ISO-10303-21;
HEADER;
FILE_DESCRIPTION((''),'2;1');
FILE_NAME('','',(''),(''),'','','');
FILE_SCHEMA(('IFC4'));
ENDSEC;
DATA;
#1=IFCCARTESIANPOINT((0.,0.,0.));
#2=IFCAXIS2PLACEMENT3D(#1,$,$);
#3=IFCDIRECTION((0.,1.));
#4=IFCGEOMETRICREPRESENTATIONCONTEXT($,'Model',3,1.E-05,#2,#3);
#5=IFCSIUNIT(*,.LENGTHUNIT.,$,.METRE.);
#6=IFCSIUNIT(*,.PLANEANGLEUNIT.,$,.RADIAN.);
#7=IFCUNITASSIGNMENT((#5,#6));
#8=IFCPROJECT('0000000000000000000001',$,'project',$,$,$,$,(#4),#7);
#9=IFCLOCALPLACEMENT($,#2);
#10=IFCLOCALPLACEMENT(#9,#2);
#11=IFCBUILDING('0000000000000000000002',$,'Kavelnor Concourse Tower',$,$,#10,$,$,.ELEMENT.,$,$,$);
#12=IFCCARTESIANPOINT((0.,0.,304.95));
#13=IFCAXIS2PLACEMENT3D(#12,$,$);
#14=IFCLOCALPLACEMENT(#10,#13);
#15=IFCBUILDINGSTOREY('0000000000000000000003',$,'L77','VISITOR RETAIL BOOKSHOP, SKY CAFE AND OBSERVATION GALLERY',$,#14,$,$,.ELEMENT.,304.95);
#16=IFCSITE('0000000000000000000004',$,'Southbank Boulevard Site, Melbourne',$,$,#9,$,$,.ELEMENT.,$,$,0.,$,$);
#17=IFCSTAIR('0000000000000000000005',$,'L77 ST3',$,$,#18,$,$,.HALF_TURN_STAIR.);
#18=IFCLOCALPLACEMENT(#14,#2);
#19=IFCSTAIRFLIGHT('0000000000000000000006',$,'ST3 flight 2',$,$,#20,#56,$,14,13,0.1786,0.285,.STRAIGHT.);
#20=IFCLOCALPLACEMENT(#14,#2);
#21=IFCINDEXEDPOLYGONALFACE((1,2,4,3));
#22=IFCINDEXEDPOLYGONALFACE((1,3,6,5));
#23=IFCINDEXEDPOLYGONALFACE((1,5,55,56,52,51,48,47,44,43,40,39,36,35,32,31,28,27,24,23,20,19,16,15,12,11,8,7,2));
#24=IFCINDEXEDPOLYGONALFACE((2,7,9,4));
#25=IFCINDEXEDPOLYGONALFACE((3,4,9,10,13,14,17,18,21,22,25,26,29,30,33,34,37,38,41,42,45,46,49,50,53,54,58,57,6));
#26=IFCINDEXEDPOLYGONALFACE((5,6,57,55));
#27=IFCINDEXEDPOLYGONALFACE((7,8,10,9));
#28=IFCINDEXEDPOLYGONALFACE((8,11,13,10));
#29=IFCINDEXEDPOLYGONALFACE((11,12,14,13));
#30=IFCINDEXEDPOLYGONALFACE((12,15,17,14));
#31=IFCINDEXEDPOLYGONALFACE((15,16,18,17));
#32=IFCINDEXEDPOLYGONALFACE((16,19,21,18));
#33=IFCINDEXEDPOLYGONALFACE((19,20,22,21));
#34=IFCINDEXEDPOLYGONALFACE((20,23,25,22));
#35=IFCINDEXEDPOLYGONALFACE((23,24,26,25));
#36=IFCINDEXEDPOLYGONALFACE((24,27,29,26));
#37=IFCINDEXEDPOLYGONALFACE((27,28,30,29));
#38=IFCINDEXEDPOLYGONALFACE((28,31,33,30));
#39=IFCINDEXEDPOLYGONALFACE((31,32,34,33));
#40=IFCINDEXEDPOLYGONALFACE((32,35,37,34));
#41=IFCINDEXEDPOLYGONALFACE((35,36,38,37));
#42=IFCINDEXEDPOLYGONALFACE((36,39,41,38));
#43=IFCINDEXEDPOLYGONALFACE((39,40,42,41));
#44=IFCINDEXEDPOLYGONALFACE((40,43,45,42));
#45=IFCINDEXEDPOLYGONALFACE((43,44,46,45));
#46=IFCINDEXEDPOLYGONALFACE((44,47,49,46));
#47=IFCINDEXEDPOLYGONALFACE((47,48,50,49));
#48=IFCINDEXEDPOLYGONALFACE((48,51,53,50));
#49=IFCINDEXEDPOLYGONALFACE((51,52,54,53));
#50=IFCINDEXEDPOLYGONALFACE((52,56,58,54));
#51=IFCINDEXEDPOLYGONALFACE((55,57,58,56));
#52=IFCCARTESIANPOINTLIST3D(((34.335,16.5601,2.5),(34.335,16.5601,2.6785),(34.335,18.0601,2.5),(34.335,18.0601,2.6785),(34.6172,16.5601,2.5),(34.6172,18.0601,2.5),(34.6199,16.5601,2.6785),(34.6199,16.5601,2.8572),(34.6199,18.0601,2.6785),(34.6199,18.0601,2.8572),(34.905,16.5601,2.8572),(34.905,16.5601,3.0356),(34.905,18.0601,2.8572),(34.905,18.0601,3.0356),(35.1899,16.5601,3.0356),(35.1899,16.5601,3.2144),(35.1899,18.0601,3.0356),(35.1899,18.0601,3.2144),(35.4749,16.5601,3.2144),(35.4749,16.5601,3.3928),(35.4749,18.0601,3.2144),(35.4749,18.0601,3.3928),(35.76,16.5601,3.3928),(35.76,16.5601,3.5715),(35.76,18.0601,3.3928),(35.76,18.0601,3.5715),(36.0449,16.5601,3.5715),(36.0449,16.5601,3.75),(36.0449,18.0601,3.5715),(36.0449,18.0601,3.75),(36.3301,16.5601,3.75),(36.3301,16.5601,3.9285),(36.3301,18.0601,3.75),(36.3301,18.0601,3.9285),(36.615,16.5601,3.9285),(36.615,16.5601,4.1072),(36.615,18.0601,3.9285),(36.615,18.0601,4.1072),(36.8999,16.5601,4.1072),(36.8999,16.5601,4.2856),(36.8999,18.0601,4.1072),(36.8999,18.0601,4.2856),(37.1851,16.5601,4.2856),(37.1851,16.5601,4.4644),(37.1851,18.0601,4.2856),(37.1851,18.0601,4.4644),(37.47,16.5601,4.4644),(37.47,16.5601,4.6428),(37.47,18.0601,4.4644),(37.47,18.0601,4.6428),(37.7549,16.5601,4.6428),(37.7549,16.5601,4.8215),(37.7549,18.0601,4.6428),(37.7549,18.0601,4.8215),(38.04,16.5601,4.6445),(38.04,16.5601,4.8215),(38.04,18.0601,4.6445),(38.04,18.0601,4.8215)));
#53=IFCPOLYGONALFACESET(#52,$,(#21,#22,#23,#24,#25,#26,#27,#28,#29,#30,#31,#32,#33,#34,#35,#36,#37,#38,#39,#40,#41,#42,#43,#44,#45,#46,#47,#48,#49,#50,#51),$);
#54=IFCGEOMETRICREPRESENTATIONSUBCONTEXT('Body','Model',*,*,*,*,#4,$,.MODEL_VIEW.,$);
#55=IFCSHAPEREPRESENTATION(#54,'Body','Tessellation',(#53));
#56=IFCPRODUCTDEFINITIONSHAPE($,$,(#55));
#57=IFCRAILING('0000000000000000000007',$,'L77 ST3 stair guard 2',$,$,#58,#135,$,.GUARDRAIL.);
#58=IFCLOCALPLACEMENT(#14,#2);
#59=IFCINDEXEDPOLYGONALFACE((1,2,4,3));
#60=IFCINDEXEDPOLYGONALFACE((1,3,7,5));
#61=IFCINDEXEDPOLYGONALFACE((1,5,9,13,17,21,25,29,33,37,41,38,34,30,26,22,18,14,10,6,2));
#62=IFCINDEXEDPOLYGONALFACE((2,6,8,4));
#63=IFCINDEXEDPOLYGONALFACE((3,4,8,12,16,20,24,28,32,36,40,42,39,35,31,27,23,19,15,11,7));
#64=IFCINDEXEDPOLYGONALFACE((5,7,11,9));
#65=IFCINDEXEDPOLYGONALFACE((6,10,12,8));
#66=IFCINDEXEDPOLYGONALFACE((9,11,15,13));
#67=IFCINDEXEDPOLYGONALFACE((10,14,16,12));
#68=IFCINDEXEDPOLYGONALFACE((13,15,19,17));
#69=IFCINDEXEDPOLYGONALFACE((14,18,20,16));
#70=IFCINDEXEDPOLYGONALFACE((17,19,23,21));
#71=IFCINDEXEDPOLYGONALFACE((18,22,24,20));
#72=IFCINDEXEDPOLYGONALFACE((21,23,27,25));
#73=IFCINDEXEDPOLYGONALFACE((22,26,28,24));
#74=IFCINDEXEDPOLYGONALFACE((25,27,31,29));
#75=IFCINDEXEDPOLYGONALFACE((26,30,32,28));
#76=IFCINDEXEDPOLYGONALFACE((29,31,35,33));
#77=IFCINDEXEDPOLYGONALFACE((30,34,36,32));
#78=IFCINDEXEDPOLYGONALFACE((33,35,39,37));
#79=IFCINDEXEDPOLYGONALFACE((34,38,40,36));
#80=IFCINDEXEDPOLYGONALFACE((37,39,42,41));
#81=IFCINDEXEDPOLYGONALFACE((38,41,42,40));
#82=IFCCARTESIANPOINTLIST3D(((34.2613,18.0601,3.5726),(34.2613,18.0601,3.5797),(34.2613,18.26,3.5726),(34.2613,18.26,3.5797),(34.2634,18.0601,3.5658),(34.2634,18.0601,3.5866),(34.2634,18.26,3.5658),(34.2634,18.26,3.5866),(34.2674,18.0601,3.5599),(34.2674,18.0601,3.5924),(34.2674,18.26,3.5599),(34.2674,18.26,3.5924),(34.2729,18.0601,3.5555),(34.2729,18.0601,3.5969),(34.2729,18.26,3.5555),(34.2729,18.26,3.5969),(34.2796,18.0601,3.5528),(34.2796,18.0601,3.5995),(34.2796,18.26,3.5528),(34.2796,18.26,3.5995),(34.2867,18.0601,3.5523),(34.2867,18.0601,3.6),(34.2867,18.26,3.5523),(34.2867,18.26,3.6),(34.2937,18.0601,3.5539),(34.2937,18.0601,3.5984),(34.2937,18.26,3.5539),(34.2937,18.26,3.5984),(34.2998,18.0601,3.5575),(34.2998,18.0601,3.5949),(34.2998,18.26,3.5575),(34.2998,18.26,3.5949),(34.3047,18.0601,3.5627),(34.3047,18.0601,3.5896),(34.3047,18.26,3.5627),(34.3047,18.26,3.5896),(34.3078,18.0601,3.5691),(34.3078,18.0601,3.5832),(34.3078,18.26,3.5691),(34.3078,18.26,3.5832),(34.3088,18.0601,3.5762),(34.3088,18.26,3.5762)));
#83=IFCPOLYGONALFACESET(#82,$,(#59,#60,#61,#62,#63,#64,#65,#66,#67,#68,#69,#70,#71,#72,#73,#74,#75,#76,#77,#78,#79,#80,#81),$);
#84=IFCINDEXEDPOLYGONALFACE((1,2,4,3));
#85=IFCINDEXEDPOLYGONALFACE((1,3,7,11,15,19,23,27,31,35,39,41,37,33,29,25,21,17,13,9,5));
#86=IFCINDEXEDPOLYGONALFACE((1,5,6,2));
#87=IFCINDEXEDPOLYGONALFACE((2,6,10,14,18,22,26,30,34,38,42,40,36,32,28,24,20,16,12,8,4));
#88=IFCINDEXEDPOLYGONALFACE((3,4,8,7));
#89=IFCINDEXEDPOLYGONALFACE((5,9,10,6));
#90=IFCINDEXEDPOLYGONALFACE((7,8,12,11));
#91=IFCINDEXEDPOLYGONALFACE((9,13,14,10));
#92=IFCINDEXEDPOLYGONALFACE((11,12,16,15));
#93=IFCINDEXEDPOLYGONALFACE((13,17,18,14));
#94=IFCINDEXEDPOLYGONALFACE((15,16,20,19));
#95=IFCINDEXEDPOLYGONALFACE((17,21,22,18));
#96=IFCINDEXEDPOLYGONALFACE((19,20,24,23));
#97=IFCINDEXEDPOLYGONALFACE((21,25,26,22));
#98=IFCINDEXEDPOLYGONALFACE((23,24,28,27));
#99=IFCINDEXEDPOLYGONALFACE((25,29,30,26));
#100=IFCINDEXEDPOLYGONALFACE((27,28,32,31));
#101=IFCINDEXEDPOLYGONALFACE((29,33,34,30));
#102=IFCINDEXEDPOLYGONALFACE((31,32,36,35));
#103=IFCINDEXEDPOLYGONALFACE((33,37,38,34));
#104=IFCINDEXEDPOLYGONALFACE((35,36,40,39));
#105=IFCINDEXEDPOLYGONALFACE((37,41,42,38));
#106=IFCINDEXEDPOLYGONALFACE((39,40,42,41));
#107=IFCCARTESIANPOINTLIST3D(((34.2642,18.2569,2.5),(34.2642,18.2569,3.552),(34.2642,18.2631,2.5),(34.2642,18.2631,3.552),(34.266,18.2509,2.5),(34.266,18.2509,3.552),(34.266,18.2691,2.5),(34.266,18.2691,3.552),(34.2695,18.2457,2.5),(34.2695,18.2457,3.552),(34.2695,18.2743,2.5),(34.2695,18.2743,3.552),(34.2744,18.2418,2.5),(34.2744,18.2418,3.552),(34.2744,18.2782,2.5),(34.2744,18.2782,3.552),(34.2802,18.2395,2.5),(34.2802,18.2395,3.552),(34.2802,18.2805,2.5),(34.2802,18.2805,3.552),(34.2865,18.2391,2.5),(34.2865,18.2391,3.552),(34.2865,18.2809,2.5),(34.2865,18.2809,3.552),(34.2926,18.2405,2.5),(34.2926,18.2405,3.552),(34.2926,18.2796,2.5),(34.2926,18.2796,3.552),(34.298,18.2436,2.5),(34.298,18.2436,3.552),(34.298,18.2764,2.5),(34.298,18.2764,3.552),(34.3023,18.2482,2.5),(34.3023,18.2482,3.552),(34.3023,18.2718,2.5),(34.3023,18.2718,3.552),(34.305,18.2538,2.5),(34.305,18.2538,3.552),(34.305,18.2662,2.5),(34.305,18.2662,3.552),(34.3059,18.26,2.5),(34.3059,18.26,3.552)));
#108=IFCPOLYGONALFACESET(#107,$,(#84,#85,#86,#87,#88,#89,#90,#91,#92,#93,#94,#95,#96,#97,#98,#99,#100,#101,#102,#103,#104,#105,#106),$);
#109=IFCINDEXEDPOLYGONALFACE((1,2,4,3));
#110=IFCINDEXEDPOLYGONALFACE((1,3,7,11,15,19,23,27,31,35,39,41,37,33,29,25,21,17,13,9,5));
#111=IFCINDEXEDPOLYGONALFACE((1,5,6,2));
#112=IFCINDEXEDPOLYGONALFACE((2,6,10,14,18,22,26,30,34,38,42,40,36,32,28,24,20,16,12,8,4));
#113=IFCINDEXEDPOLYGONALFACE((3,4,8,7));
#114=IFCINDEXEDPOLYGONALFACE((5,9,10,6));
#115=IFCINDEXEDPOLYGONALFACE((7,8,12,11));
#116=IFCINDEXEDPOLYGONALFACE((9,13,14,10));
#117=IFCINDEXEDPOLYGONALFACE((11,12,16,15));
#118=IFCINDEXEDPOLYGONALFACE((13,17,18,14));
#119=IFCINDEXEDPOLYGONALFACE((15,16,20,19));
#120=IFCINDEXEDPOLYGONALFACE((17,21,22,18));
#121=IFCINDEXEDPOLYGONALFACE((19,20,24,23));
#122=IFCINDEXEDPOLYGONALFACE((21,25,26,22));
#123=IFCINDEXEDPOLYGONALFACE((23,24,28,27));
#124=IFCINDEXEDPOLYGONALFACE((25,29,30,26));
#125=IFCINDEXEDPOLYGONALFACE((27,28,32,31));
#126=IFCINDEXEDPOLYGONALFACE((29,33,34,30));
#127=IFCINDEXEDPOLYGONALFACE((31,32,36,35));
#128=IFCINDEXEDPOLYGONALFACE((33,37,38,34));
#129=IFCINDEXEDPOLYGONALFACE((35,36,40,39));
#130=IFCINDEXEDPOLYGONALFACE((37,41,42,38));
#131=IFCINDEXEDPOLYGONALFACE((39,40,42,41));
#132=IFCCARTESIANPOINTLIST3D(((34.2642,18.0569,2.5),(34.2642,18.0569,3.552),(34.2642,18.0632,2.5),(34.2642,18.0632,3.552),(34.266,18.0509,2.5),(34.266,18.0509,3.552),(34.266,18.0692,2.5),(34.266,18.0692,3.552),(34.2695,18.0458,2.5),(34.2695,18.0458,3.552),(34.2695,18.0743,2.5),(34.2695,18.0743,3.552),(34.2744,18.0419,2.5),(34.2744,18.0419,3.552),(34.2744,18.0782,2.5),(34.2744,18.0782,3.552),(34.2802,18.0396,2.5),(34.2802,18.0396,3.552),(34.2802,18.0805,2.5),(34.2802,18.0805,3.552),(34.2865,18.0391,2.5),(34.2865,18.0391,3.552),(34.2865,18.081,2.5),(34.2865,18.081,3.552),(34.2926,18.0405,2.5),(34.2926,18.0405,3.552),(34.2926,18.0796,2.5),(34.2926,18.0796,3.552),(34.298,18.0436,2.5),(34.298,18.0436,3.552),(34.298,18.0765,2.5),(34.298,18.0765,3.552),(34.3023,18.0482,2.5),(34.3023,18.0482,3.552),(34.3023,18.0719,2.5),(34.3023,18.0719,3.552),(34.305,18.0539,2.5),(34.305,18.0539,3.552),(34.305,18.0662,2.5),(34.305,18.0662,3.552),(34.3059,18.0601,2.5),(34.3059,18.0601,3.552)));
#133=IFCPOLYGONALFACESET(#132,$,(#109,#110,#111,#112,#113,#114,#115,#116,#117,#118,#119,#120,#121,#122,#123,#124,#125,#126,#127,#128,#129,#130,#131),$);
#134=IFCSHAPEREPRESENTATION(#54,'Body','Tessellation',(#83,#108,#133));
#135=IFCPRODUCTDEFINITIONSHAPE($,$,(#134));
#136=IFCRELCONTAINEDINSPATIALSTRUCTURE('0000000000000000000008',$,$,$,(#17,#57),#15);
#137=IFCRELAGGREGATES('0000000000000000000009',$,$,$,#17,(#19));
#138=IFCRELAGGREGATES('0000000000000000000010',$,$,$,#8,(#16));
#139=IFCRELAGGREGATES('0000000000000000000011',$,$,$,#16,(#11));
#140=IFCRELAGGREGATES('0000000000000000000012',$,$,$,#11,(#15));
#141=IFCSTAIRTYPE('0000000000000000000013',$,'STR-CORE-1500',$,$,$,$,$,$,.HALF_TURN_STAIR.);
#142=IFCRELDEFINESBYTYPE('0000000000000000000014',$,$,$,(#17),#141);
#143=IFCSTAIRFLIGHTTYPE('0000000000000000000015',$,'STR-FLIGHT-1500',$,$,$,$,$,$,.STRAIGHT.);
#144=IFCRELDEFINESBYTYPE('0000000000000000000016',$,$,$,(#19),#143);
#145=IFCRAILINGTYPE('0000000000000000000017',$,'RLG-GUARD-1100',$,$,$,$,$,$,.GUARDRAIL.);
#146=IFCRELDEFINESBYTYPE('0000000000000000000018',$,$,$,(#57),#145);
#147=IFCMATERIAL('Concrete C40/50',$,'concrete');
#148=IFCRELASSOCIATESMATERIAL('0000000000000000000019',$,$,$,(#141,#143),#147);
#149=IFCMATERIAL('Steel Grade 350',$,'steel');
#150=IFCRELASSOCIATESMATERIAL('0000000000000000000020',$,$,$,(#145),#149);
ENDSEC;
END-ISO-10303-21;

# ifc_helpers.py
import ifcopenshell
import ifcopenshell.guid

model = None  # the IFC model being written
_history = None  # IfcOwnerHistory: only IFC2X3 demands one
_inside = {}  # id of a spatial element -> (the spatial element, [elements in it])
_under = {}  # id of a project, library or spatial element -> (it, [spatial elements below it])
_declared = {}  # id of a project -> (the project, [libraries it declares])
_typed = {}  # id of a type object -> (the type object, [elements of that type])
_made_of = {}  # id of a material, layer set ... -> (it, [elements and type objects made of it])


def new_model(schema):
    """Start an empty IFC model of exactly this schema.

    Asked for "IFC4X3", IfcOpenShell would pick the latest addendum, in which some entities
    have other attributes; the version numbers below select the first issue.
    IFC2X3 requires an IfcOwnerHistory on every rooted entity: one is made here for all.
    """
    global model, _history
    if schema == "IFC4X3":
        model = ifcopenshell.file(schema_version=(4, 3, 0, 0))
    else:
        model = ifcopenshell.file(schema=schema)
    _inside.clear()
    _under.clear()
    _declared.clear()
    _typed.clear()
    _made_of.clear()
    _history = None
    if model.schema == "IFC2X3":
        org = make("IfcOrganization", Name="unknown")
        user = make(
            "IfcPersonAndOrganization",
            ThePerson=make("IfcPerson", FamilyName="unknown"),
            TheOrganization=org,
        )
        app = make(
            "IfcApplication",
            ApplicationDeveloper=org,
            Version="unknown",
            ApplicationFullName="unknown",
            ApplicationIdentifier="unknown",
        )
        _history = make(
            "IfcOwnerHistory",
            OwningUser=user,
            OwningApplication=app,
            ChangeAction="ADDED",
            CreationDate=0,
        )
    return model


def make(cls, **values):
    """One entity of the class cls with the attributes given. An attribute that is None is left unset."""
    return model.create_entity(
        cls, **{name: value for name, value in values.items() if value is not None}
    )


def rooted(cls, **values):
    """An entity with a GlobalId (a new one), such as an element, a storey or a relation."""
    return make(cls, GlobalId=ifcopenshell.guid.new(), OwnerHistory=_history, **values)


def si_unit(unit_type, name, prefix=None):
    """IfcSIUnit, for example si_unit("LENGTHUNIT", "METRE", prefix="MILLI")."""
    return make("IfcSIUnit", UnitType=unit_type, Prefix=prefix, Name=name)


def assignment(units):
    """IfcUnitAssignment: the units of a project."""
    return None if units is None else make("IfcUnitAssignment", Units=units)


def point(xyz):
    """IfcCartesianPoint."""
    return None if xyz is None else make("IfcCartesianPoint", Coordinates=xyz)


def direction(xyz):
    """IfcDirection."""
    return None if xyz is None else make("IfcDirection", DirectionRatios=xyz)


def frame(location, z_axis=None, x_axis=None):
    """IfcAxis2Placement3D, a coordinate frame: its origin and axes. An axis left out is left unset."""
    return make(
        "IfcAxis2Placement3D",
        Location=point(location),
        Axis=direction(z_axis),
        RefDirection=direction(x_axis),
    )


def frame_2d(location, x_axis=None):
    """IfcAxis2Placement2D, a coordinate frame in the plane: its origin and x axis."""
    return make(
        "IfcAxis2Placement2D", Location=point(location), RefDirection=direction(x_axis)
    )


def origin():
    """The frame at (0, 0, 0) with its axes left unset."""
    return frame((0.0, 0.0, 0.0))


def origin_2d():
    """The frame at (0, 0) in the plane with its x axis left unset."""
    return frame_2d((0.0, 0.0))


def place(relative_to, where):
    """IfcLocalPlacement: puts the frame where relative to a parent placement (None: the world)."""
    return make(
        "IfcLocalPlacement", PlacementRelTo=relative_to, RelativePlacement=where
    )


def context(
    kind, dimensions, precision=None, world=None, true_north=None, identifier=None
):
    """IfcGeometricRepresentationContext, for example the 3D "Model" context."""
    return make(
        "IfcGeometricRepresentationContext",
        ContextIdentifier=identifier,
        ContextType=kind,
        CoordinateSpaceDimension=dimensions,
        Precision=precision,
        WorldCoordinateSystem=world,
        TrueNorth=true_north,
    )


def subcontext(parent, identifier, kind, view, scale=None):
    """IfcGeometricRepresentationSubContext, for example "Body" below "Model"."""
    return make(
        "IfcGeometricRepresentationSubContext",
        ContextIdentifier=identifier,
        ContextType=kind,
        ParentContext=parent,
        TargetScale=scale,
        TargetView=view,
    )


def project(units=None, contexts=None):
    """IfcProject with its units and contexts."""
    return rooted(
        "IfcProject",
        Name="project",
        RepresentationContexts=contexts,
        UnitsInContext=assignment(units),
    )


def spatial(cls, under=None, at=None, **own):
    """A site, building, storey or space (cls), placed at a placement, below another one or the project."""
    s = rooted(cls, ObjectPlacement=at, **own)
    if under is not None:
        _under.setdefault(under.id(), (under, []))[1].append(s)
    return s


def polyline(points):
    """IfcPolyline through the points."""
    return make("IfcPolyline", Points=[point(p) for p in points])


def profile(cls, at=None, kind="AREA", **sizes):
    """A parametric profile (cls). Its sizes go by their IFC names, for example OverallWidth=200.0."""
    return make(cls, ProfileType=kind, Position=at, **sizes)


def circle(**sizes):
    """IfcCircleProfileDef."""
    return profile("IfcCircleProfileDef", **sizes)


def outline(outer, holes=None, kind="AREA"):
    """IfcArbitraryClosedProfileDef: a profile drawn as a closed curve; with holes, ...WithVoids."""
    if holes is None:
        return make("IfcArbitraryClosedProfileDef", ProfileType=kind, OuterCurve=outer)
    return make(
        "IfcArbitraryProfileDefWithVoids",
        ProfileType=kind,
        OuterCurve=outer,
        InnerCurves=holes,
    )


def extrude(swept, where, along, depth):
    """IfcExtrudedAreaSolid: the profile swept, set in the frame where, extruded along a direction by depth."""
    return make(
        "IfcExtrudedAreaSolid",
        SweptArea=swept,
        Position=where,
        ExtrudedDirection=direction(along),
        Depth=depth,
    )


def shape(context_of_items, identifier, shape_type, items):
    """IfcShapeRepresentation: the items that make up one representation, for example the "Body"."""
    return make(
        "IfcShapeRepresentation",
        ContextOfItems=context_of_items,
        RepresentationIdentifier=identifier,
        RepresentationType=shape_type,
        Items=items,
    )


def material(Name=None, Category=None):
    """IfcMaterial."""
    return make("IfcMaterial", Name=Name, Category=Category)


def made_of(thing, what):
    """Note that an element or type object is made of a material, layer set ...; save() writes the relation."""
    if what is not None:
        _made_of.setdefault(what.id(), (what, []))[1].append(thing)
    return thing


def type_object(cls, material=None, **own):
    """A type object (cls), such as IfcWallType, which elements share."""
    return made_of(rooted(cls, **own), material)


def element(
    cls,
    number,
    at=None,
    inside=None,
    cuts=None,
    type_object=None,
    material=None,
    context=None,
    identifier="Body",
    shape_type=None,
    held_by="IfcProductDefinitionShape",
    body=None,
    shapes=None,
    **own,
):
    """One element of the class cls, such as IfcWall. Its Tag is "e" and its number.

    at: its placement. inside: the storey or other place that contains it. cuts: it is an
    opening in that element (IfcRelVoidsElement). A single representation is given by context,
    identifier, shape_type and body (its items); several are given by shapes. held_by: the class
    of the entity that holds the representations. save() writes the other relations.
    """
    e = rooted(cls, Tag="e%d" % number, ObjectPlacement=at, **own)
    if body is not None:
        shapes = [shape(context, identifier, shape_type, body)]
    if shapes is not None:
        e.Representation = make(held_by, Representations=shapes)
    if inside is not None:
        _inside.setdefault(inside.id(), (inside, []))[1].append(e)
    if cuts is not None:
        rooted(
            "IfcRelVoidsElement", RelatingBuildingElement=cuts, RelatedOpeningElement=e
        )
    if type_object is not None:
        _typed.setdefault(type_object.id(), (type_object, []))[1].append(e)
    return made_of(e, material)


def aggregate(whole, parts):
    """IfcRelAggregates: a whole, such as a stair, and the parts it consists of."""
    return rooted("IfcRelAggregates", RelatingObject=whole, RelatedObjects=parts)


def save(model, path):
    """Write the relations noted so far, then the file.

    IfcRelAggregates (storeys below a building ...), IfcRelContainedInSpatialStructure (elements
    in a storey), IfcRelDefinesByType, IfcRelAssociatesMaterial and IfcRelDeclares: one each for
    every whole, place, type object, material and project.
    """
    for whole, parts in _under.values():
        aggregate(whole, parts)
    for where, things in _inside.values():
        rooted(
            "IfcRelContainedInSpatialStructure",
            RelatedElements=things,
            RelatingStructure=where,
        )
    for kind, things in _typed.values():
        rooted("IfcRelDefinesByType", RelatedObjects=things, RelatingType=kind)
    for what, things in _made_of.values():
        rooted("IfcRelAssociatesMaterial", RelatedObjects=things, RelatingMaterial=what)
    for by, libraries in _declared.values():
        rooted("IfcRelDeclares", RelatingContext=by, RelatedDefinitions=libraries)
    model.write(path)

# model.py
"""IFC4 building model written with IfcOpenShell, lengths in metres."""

from ifc_helpers import new_model, si_unit, direction, frame, origin, origin_2d, place, context, subcontext, project, spatial, polyline, circle, outline, extrude, material, type_object, element, aggregate, save


model = new_model("IFC4")

# Units and contexts
model_context = context("Model", 3, precision=1e-05, world=origin(), true_north=direction((0.0, 1.0)))
body_context = subcontext(model_context, "Body", "Model", "MODEL_VIEW")
ifc_project = project(units=[si_unit("LENGTHUNIT", "METRE"), si_unit("PLANEANGLEUNIT", "RADIAN")], contexts=[model_context])

# Site, building, storey
site_placement = place(None, origin())
site = spatial("IfcSite", under=ifc_project, at=site_placement, Name="Southbank Boulevard Site, Melbourne", CompositionType="ELEMENT", RefElevation=0.0)
building_placement = place(site_placement, origin())
building = spatial("IfcBuilding", under=site, at=building_placement, Name="Kavelnor Concourse Tower", CompositionType="ELEMENT")
storey_placement = place(building_placement, frame((0.0, 0.0, 304.95)))
storey = spatial("IfcBuildingStorey", under=building, at=storey_placement, Name="L77", Description="VISITOR RETAIL BOOKSHOP, SKY CAFE AND OBSERVATION GALLERY", CompositionType="ELEMENT", Elevation=304.95)

# Shared definitions
ifc_material_1 = material(Name="Steel Grade 350", Category="steel")

# Stair, stair flight
ifc_material_2 = material(Name="Concrete C40/50", Category="concrete")
stair_type = type_object("IfcStairType", Name="STR-CORE-1500", PredefinedType="HALF_TURN_STAIR", material=ifc_material_2)
stair_placement = place(storey_placement, origin())
stair = element("IfcStair", 1, at=stair_placement, inside=storey, type_object=stair_type, Name="L77 ST3", PredefinedType="HALF_TURN_STAIR")
stair_flight_type = type_object("IfcStairFlightType", Name="STR-FLIGHT-1500", PredefinedType="STRAIGHT", material=ifc_material_2)
stair_flight_placement = place(storey_placement, frame((34.335, 17.3101, 2.5), z_axis=(0.0, 0.0, 1.0), x_axis=(1.0, 0.0, 0.0)))
stair_flight = element("IfcStairFlight", 2, at=stair_flight_placement, type_object=stair_flight_type, Name="ST3 flight 2", NumberOfRisers=14, NumberOfTreads=13, PredefinedType="STRAIGHT", RiserHeight=0.1786, TreadLength=0.285, context=body_context, shape_type="SweptSolid", body=[
    extrude(outline(polyline([(0.0, 0.0), (0.0, 0.1785), (0.2849, 0.1785), (0.2849, 0.3572), (0.5701, 0.3572), (0.5701, 0.5356), (0.855, 0.5356), (0.855, 0.7144), (1.1399, 0.7144), (1.1399, 0.8928), (1.425, 0.8928), (1.425, 1.0715), (1.71, 1.0715), (1.71, 1.25), (1.9951, 1.25), (1.9951, 1.4285), (2.28, 1.4285), (2.28, 1.6072), (2.5649, 1.6072), (2.5649, 1.7856), (2.8501, 1.7856), (2.8501, 1.9644), (3.135, 1.9644), (3.135, 2.1428), (3.4199, 2.1428), (3.4199, 2.3215), (3.7051, 2.3215), (3.7051, 2.5), (3.7051, 2.1445), (0.2822, 0.0), (0.0, 0.0)])), frame((0.0, 0.75, 0.0), z_axis=(0.0, -1.0, 0.0), x_axis=(1.0, 0.0, 0.0)), (0.0, 0.0, 1.0), 1.5),
])
aggregate(stair, [stair_flight])

# Railing
railing_type_1 = type_object("IfcRailingType", Name="RLG-GUARD-1100", PredefinedType="GUARDRAIL", material=ifc_material_1)
railing_1_placement = place(storey_placement, frame((34.2849, 18.26, 2.5)))
element("IfcRailing", 3, at=railing_1_placement, inside=storey, type_object=railing_type_1, Name="L77 ST3 stair guard 2", PredefinedType="GUARDRAIL", context=body_context, shape_type="SweptSolid", body=[
    extrude(circle(Radius=0.0239, at=origin_2d()), frame((0.0, 0.0, 1.0762), z_axis=(0.0, -1.0, 0.0), x_axis=(1.0, 0.0, 0.0)), (0.0, 0.0, 1.0), 0.2),
    extrude(circle(Radius=0.021, at=origin_2d()), origin(), (0.0, 0.0, 1.0), 1.052),
    extrude(circle(Radius=0.021, at=origin_2d()), frame((0.0, -0.2, 0.0)), (0.0, 0.0, 1.0), 1.052),
])

save(model, "model.ifc")
